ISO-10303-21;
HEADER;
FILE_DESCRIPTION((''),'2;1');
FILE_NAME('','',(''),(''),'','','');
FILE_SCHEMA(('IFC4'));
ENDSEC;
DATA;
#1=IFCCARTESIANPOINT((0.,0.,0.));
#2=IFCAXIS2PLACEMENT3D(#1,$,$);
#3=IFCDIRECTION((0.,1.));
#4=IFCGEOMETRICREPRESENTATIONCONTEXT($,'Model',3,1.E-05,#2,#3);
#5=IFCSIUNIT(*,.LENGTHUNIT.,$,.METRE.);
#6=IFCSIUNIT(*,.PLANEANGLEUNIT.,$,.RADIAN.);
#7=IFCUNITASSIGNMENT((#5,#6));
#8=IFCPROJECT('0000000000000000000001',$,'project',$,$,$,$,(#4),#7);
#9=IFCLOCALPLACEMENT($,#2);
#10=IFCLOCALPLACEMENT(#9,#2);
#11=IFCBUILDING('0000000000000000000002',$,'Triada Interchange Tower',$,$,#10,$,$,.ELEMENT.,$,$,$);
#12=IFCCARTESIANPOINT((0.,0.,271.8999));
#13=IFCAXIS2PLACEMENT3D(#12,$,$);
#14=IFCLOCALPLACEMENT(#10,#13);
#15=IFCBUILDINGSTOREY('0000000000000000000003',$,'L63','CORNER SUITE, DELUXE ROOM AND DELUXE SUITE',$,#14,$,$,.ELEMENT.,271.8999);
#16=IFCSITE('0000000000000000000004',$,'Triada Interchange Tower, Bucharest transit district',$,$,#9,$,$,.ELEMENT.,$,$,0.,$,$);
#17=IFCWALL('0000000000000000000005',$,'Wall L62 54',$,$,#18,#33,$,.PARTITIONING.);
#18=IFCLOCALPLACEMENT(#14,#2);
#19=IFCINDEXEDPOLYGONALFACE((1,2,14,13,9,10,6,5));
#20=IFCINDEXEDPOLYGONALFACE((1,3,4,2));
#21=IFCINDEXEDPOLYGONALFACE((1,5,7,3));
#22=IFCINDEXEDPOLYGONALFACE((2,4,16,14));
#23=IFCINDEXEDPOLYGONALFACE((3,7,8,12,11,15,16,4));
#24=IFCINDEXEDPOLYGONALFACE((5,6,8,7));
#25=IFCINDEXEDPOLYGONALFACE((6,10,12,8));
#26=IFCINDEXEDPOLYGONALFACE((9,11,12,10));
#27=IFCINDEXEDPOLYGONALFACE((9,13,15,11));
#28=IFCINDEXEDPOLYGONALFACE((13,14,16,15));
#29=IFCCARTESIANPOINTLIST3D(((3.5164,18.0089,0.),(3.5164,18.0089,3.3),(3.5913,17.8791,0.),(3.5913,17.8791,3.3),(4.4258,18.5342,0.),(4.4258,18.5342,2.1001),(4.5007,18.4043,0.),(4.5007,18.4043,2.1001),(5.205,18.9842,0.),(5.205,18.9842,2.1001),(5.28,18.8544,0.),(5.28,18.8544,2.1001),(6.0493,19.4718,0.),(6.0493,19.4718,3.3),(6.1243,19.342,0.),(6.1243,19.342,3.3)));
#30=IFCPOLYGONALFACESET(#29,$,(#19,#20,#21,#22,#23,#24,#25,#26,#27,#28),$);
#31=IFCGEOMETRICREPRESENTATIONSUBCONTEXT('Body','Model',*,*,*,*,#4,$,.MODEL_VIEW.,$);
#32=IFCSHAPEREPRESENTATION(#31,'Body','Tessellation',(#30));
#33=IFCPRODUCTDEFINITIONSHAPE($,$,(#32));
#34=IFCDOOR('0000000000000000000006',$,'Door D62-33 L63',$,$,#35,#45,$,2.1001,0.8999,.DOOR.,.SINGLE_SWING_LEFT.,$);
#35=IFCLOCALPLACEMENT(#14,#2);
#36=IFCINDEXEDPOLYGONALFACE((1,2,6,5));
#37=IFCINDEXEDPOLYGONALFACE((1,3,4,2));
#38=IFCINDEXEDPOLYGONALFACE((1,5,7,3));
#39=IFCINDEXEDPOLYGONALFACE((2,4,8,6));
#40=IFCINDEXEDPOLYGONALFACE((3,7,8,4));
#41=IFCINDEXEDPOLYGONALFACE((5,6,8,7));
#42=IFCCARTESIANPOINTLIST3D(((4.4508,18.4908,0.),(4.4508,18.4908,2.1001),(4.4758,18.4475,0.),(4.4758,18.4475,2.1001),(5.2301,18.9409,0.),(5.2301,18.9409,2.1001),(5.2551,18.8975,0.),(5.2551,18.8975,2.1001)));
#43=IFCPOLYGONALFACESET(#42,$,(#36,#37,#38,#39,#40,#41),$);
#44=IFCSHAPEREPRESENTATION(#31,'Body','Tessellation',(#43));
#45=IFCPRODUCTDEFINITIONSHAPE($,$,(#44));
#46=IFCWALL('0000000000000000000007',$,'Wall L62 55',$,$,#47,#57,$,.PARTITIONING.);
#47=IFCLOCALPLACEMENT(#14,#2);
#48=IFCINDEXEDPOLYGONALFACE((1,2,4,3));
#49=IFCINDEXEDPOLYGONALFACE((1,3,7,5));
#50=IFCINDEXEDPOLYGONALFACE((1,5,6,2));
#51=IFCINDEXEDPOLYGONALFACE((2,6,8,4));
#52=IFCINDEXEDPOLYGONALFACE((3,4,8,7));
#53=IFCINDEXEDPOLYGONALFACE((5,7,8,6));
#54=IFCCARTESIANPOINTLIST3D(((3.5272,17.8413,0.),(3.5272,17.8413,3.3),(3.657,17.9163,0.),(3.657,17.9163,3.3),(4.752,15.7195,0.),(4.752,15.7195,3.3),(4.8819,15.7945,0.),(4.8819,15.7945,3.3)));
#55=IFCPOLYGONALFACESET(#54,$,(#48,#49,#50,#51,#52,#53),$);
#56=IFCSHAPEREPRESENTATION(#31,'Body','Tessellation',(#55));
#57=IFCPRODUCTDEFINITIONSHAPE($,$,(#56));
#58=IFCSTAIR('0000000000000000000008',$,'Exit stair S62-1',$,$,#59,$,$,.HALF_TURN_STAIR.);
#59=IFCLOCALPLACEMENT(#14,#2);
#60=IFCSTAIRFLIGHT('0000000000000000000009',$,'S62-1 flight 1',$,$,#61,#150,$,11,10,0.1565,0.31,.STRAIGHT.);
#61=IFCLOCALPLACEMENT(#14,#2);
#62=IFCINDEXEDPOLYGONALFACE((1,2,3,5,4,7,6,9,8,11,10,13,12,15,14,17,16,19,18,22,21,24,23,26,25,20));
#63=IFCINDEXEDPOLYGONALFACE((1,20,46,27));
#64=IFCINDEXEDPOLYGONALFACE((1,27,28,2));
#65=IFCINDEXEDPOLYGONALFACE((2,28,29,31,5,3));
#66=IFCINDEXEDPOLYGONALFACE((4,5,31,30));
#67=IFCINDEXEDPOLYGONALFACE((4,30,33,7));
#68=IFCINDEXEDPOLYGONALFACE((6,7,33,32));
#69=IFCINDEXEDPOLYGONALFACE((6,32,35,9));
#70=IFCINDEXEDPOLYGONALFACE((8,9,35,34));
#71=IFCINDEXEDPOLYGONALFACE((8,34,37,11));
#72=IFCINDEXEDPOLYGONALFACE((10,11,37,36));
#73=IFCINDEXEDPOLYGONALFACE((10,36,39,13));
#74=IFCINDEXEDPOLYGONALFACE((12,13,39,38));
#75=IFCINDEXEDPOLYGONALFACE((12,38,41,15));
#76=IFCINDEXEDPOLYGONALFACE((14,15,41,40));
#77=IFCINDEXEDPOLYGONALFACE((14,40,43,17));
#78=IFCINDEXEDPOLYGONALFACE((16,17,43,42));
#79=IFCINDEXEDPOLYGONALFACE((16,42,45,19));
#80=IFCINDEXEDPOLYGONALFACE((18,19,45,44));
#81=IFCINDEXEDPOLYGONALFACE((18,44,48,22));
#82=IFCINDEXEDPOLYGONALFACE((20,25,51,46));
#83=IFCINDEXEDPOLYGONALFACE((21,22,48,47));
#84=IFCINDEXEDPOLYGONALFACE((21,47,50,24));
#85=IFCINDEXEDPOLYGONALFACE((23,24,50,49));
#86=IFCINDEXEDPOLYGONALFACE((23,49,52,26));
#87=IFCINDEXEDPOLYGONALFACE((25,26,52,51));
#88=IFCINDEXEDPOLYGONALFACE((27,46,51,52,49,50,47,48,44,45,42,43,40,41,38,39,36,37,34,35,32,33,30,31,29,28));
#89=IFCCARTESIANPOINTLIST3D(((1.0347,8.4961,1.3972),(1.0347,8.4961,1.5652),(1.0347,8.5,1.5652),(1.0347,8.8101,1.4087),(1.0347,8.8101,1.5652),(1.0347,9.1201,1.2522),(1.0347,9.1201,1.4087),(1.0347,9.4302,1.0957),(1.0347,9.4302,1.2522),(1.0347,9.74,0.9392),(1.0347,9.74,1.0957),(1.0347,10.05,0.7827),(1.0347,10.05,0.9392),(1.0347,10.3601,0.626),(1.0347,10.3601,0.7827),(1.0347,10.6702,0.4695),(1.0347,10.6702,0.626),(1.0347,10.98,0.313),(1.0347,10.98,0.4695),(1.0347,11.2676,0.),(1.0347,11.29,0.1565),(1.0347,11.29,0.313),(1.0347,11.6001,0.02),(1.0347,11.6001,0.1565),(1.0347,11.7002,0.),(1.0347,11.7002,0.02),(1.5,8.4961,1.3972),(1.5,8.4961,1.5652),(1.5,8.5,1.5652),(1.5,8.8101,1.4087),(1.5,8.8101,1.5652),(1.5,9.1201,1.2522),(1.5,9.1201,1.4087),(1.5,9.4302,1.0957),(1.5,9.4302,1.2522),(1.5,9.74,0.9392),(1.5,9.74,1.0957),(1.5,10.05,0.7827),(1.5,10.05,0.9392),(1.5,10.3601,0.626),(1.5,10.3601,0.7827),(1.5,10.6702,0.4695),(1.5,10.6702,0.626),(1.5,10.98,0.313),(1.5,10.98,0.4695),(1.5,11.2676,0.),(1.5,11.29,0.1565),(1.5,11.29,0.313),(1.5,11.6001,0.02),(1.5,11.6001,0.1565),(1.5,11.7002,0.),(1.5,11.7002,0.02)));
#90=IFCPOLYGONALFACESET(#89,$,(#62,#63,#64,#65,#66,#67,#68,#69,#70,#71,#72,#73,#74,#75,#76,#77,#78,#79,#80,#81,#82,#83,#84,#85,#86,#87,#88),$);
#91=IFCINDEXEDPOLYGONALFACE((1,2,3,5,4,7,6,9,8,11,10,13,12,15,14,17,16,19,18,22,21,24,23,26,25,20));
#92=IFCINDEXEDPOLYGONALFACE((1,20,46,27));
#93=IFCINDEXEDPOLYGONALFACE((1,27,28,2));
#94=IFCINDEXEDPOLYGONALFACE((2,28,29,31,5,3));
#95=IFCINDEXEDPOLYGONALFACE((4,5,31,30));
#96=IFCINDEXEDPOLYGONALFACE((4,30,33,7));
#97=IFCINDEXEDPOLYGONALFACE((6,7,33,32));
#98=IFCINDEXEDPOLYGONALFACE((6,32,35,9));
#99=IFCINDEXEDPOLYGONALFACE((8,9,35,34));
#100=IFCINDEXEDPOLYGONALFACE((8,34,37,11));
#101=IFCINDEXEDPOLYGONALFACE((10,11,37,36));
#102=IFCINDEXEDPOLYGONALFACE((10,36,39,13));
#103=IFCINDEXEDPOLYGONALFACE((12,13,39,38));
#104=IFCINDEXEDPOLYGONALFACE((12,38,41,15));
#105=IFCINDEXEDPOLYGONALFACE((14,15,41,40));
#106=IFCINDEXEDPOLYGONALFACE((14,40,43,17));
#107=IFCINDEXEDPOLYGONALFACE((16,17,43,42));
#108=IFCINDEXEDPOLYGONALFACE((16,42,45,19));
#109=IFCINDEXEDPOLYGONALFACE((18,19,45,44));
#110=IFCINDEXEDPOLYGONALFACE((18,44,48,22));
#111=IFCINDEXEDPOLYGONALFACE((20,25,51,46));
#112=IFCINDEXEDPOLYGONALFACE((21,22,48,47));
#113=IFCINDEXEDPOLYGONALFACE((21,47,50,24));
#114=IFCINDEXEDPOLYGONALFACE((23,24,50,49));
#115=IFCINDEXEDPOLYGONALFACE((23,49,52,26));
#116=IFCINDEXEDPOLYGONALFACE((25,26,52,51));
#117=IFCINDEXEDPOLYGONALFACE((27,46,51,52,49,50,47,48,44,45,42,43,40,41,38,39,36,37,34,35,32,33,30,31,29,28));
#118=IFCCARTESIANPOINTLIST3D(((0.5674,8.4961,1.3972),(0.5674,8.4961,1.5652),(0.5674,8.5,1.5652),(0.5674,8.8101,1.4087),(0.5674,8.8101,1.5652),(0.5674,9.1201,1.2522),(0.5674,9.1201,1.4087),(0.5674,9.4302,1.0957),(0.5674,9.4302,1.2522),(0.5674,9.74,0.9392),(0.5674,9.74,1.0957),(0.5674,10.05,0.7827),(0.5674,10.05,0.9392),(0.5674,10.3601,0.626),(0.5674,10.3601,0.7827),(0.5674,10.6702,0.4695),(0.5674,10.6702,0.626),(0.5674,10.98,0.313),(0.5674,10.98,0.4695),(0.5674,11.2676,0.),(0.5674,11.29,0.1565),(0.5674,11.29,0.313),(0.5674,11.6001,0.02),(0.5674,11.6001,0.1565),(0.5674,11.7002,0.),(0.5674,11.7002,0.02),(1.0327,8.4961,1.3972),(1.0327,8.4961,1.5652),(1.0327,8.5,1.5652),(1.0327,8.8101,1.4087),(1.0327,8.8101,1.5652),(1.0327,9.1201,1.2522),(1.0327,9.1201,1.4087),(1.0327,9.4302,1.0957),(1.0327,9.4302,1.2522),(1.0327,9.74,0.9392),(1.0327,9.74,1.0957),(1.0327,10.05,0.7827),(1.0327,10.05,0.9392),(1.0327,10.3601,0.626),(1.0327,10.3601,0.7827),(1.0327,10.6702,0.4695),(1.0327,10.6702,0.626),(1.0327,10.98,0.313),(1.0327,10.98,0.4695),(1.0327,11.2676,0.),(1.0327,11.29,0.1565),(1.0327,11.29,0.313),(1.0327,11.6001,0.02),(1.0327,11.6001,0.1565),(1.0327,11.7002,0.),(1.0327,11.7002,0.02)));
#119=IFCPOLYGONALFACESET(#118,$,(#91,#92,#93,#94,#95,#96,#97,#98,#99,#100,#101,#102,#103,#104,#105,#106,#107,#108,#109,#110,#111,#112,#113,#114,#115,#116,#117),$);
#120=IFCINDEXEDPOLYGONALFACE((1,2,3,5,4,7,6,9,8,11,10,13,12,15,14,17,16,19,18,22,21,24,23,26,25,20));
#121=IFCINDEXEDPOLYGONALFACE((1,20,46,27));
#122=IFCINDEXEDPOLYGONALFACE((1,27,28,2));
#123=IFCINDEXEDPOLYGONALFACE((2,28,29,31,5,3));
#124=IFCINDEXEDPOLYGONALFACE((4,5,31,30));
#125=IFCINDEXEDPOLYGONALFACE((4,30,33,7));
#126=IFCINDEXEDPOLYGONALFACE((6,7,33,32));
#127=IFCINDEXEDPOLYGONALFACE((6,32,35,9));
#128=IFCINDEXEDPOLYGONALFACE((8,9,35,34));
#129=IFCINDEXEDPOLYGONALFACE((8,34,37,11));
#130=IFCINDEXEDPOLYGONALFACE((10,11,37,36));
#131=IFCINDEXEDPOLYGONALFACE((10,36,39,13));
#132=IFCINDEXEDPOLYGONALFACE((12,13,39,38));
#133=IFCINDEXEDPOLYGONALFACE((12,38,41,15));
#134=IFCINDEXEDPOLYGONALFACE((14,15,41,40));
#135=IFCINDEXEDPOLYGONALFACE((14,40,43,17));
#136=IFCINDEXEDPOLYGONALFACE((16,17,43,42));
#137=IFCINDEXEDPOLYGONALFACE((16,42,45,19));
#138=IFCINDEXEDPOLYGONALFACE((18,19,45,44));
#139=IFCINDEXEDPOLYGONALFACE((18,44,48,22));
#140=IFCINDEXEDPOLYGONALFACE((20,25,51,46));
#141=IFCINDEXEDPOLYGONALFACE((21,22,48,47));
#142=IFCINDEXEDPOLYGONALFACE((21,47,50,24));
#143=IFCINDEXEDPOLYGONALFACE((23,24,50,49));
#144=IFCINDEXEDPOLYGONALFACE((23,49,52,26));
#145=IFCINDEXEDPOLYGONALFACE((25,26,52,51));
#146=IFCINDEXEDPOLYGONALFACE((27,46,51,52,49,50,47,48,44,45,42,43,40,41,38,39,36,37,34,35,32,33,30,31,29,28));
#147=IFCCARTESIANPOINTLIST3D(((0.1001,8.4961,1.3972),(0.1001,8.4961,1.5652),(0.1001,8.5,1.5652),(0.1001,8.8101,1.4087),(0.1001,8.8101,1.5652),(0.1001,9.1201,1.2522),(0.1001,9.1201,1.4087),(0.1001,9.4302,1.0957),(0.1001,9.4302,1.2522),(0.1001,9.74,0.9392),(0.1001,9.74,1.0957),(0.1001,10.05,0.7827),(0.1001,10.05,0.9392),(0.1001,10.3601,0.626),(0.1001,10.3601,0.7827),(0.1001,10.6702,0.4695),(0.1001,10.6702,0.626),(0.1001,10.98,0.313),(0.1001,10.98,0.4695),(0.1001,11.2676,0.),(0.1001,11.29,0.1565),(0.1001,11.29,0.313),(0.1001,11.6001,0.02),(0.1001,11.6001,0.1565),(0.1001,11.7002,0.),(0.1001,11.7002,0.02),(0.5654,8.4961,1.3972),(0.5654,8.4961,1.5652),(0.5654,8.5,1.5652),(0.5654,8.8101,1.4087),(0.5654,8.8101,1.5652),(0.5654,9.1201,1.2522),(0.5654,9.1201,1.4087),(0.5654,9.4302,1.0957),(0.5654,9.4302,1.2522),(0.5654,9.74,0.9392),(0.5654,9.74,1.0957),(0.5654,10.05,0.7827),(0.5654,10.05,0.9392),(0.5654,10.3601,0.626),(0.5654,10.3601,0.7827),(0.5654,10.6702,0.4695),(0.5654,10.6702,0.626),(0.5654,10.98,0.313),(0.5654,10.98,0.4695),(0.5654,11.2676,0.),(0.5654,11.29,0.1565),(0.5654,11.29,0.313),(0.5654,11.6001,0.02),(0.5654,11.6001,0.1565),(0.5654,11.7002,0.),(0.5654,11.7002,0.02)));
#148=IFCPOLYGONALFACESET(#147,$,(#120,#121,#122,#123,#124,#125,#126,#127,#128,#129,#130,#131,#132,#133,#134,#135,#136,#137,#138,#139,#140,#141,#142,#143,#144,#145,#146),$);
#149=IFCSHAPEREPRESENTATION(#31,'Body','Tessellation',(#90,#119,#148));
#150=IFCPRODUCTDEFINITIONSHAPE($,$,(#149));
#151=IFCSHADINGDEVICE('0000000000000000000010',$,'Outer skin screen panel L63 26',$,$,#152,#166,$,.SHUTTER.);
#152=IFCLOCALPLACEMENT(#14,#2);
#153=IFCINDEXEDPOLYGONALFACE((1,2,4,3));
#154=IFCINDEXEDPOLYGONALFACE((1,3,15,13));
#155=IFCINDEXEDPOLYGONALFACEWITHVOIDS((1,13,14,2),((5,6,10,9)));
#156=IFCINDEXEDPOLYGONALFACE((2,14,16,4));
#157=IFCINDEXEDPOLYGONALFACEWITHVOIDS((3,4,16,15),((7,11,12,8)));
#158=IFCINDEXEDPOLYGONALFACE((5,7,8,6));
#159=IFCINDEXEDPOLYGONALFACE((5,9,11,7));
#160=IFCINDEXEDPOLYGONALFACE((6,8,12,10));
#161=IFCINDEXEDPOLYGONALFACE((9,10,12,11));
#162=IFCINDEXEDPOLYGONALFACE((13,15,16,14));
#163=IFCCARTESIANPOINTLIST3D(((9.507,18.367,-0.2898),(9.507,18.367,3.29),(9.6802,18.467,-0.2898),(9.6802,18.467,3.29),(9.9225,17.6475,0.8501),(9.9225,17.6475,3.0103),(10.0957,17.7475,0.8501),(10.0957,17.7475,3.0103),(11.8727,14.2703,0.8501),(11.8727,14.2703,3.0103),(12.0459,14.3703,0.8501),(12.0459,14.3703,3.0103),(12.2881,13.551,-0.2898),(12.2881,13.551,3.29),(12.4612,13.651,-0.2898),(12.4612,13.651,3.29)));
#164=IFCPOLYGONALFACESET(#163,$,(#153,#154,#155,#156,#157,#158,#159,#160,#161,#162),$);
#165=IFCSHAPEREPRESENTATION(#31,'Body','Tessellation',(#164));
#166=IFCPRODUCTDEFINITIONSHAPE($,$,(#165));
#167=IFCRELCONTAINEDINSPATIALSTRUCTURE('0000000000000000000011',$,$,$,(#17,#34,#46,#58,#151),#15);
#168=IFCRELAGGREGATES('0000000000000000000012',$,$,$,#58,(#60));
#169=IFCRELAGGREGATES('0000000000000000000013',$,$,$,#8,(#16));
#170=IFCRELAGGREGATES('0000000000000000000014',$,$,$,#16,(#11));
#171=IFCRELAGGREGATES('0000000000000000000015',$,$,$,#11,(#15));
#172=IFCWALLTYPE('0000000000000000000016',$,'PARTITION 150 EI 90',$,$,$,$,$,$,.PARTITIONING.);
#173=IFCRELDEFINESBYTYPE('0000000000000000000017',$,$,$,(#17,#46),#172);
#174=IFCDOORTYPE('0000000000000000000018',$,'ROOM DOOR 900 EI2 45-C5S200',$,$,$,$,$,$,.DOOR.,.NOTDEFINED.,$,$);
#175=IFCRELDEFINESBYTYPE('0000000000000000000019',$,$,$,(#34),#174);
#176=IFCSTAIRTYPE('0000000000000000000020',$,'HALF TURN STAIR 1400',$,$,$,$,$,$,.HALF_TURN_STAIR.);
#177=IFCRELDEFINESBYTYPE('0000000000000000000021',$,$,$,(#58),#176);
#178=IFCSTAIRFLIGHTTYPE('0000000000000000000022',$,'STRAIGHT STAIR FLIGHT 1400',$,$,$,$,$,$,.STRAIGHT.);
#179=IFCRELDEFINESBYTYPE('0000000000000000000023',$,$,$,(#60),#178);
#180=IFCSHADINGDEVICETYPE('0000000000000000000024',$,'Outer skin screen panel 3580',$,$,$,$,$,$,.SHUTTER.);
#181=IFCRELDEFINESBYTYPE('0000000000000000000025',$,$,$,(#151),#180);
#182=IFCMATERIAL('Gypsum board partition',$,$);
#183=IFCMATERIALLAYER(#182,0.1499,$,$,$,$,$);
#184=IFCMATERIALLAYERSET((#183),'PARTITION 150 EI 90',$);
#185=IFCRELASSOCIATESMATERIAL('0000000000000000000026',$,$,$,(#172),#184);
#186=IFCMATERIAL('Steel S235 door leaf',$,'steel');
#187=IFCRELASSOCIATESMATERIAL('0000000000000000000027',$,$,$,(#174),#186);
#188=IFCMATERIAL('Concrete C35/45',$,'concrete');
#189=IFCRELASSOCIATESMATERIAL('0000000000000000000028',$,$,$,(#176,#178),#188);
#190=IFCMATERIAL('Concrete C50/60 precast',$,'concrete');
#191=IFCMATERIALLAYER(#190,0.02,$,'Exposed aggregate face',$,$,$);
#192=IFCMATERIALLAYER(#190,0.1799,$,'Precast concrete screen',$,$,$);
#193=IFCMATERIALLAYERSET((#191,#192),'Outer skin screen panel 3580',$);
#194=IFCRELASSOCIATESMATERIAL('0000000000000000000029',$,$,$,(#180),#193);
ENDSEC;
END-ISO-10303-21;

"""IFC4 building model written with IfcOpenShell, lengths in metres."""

from ifc_helpers import new_model, si_unit, direction, frame, frame_2d, origin, place, context, subcontext, project, spatial, polyline, rectangle, outline, extrude, material, layer, layer_set, type_object, element, fill, aggregate, save


model = new_model("IFC4")

# Units and contexts
model_context = context("Model", 3, precision=1e-05, world=origin(), true_north=direction((0.0, 1.0)))
body_context = subcontext(model_context, "Body", "Model", "MODEL_VIEW")
ifc_project = project(units=[si_unit("LENGTHUNIT", "METRE"), si_unit("PLANEANGLEUNIT", "RADIAN")], contexts=[model_context])

# Site, building, storey
site_placement = place(None, origin())
site = spatial("IfcSite", under=ifc_project, at=site_placement, Name="Triada Interchange Tower, Bucharest transit district", CompositionType="ELEMENT", RefElevation=0.0)
building_placement = place(site_placement, origin())
building = spatial("IfcBuilding", under=site, at=building_placement, Name="Triada Interchange Tower", CompositionType="ELEMENT")
storey_placement = place(building_placement, frame((0.0, 0.0, 271.8999)))
storey = spatial("IfcBuildingStorey", under=building, at=storey_placement, Name="L63", Description="CORNER SUITE, DELUXE ROOM AND DELUXE SUITE", CompositionType="ELEMENT", Elevation=271.8999)

# Shared definitions
ifc_material_1 = material(Name="Steel S235 door leaf", Category="steel")

# Shared definitions
ifc_material_2 = material(Name="Gypsum board partition")

# Wall, opening, door
ifc_layer_1 = layer(ifc_material_2, 0.1499)
ifc_layer_set_1 = layer_set([ifc_layer_1], Name="PARTITION 150 EI 90")
wall_type_1 = type_object("IfcWallType", Name="PARTITION 150 EI 90", PredefinedType="PARTITIONING", material=ifc_layer_set_1)
wall_1_placement = place(storey_placement, frame((3.554, 17.9441, 0.0), z_axis=(0.0, 0.0, 1.0), x_axis=(0.865953, 0.500125, 0.0)))
wall_1 = element("IfcWall", 1, at=wall_1_placement, inside=storey, type_object=wall_type_1, Name="Wall L62 54", PredefinedType="PARTITIONING", context=body_context, shape_type="SweptSolid", body=[
    extrude(rectangle(XDim=2.925, YDim=0.1499, at=frame_2d((1.4624, 0.0))), origin(), (0.0, 0.0, 1.0), 3.3),
])
opening_1_placement = place(wall_1_placement, frame((1.05, 0.0, 0.0)))
opening_1 = element("IfcOpeningElement", 2, at=opening_1_placement, cuts=wall_1, PredefinedType="OPENING", context=body_context, shape_type="SweptSolid", body=[
    extrude(rectangle(XDim=0.8999, YDim=2.1001, at=frame_2d((0.45, 1.05))), frame((0.0, 0.085, 0.0), z_axis=(0.0, -1.0, 0.0), x_axis=(1.0, 0.0, 0.0)), (0.0, 0.0, 1.0), 0.1699),
])
door_type_1 = type_object("IfcDoorType", Name="ROOM DOOR 900 EI2 45-C5S200", OperationType="NOTDEFINED", PredefinedType="DOOR", material=ifc_material_1)
door_1_placement = place(opening_1_placement, origin())
door_1 = element("IfcDoor", 3, at=door_1_placement, inside=storey, type_object=door_type_1, Name="Door D62-33 L63", OperationType="SINGLE_SWING_LEFT", OverallHeight=2.1001, OverallWidth=0.8999, PredefinedType="DOOR", context=body_context, shape_type="SweptSolid", body=[
    extrude(rectangle(XDim=0.8999, YDim=2.1001, at=frame_2d((0.45, 1.05))), frame((0.0, 0.0249, 0.0), z_axis=(0.0, -1.0, 0.0), x_axis=(1.0, 0.0, 0.0)), (0.0, 0.0, 1.0), 0.05),
])
fill(opening_1, door_1)

# Wall
wall_2_placement = place(storey_placement, frame((3.592, 17.8789, 0.0), z_axis=(0.0, 0.0, 1.0), x_axis=(0.499944, -0.866058, 0.0)))
element("IfcWall", 4, at=wall_2_placement, inside=storey, type_object=wall_type_1, Name="Wall L62 55", PredefinedType="PARTITIONING", context=body_context, shape_type="SweptSolid", body=[
    extrude(rectangle(XDim=2.45, YDim=0.1499, at=frame_2d((1.2251, 0.0))), origin(), (0.0, 0.0, 1.0), 3.3),
])

# Stair, stair flight
ifc_material_3 = material(Name="Concrete C35/45", Category="concrete")
stair_type = type_object("IfcStairType", Name="HALF TURN STAIR 1400", PredefinedType="HALF_TURN_STAIR", material=ifc_material_3)
stair_placement = place(storey_placement, origin())
stair = element("IfcStair", 5, at=stair_placement, inside=storey, type_object=stair_type, Name="Exit stair S62-1", PredefinedType="HALF_TURN_STAIR")
stair_flight_type = type_object("IfcStairFlightType", Name="STRAIGHT STAIR FLIGHT 1400", PredefinedType="STRAIGHT", material=ifc_material_3)
stair_flight_placement = place(storey_placement, frame((0.8, 11.6001, 0.0), z_axis=(0.0, 0.0, 1.0), x_axis=(0.0, -1.0, 0.0)))
stair_flight = element("IfcStairFlight", 6, at=stair_flight_placement, type_object=stair_flight_type, Name="S62-1 flight 1", NumberOfRisers=11, NumberOfTreads=10, PredefinedType="STRAIGHT", RiserHeight=0.1565, TreadLength=0.31, context=body_context, shape_type="SweptSolid", body=[
    extrude(outline(polyline([(-0.1001, 0.0), (-0.1001, 0.02), (0.0, 0.02), (0.0, 0.1565), (0.3101, 0.1565), (0.3101, 0.313), (0.6201, 0.313), (0.6201, 0.4695), (0.9299, 0.4695), (0.9299, 0.626), (1.24, 0.626), (1.24, 0.7827), (1.55, 0.7827), (1.55, 0.9392), (1.8601, 0.9392), (1.8601, 1.0957), (2.1699, 1.0957), (2.1699, 1.2522), (2.48, 1.2522), (2.48, 1.4087), (2.79, 1.4087), (2.79, 1.5652), (3.1001, 1.5652), (3.104, 1.5652), (3.104, 1.7217), (3.104, 1.3972), (0.3325, 0.0), (-0.1001, 0.0)])), frame((0.0, 0.7, 0.0), z_axis=(0.0, -1.0, 0.0), x_axis=(1.0, 0.0, 0.0)), (0.0, 0.0, 1.0), 0.4653),
    extrude(outline(polyline([(-0.1001, 0.0), (-0.1001, 0.02), (0.0, 0.02), (0.0, 0.1565), (0.3101, 0.1565), (0.3101, 0.313), (0.6201, 0.313), (0.6201, 0.4695), (0.9299, 0.4695), (0.9299, 0.626), (1.24, 0.626), (1.24, 0.7827), (1.55, 0.7827), (1.55, 0.9392), (1.8601, 0.9392), (1.8601, 1.0957), (2.1699, 1.0957), (2.1699, 1.2522), (2.48, 1.2522), (2.48, 1.4087), (2.79, 1.4087), (2.79, 1.5652), (3.1001, 1.5652), (3.104, 1.5652), (3.104, 1.7217), (3.104, 1.3972), (0.3325, 0.0), (-0.1001, 0.0)])), frame((0.0, 0.2327, 0.0), z_axis=(0.0, -1.0, 0.0), x_axis=(1.0, 0.0, 0.0)), (0.0, 0.0, 1.0), 0.4653),
    extrude(outline(polyline([(-0.1001, 0.0), (-0.1001, 0.02), (0.0, 0.02), (0.0, 0.1565), (0.3101, 0.1565), (0.3101, 0.313), (0.6201, 0.313), (0.6201, 0.4695), (0.9299, 0.4695), (0.9299, 0.626), (1.24, 0.626), (1.24, 0.7827), (1.55, 0.7827), (1.55, 0.9392), (1.8601, 0.9392), (1.8601, 1.0957), (2.1699, 1.0957), (2.1699, 1.2522), (2.48, 1.2522), (2.48, 1.4087), (2.79, 1.4087), (2.79, 1.5652), (3.1001, 1.5652), (3.104, 1.5652), (3.104, 1.7217), (3.104, 1.3972), (0.3325, 0.0), (-0.1001, 0.0)])), frame((0.0, -0.2346, 0.0), z_axis=(0.0, -1.0, 0.0), x_axis=(1.0, 0.0, 0.0)), (0.0, 0.0, 1.0), 0.4653),
])

# Shading device
ifc_material_4 = material(Name="Concrete C50/60 precast", Category="concrete")
ifc_layer_2 = layer(ifc_material_4, 0.02, Name="Exposed aggregate face")
ifc_layer_3 = layer(ifc_material_4, 0.1799, Name="Precast concrete screen")
ifc_layer_set_2 = layer_set([ifc_layer_2, ifc_layer_3], Name="Outer skin screen panel 3580")
shading_device_type = type_object("IfcShadingDeviceType", Name="Outer skin screen panel 3580", PredefinedType="SHUTTER", material=ifc_layer_set_2)
shading_device_placement = place(storey_placement, frame((12.2881, 13.551, -0.2898), z_axis=(0.0, 0.0, 1.0), x_axis=(-0.500072, 0.865984, 0.0)))
element("IfcShadingDevice", 7, at=shading_device_placement, inside=storey, type_object=shading_device_type, Name="Outer skin screen panel L63 26", PredefinedType="SHUTTER", context=body_context, shape_type="SweptSolid", body=[
    extrude(outline(polyline([(0.0, 0.0), (5.5613, 0.0), (5.5613, 3.5798), (0.0, 3.5798), (0.0, 0.0)]), holes=[polyline([(0.8306, 1.1399), (0.8306, 3.3), (4.7305, 3.3), (4.7305, 1.1399), (0.8306, 1.1399)])]), frame((0.0, 0.0, 0.0), z_axis=(0.0, -1.0, 0.0), x_axis=(1.0, 0.0, 0.0)), (0.0, 0.0, 1.0), 0.2),
])

aggregate(stair, [stair_flight])

save(model, "model.ifc")
